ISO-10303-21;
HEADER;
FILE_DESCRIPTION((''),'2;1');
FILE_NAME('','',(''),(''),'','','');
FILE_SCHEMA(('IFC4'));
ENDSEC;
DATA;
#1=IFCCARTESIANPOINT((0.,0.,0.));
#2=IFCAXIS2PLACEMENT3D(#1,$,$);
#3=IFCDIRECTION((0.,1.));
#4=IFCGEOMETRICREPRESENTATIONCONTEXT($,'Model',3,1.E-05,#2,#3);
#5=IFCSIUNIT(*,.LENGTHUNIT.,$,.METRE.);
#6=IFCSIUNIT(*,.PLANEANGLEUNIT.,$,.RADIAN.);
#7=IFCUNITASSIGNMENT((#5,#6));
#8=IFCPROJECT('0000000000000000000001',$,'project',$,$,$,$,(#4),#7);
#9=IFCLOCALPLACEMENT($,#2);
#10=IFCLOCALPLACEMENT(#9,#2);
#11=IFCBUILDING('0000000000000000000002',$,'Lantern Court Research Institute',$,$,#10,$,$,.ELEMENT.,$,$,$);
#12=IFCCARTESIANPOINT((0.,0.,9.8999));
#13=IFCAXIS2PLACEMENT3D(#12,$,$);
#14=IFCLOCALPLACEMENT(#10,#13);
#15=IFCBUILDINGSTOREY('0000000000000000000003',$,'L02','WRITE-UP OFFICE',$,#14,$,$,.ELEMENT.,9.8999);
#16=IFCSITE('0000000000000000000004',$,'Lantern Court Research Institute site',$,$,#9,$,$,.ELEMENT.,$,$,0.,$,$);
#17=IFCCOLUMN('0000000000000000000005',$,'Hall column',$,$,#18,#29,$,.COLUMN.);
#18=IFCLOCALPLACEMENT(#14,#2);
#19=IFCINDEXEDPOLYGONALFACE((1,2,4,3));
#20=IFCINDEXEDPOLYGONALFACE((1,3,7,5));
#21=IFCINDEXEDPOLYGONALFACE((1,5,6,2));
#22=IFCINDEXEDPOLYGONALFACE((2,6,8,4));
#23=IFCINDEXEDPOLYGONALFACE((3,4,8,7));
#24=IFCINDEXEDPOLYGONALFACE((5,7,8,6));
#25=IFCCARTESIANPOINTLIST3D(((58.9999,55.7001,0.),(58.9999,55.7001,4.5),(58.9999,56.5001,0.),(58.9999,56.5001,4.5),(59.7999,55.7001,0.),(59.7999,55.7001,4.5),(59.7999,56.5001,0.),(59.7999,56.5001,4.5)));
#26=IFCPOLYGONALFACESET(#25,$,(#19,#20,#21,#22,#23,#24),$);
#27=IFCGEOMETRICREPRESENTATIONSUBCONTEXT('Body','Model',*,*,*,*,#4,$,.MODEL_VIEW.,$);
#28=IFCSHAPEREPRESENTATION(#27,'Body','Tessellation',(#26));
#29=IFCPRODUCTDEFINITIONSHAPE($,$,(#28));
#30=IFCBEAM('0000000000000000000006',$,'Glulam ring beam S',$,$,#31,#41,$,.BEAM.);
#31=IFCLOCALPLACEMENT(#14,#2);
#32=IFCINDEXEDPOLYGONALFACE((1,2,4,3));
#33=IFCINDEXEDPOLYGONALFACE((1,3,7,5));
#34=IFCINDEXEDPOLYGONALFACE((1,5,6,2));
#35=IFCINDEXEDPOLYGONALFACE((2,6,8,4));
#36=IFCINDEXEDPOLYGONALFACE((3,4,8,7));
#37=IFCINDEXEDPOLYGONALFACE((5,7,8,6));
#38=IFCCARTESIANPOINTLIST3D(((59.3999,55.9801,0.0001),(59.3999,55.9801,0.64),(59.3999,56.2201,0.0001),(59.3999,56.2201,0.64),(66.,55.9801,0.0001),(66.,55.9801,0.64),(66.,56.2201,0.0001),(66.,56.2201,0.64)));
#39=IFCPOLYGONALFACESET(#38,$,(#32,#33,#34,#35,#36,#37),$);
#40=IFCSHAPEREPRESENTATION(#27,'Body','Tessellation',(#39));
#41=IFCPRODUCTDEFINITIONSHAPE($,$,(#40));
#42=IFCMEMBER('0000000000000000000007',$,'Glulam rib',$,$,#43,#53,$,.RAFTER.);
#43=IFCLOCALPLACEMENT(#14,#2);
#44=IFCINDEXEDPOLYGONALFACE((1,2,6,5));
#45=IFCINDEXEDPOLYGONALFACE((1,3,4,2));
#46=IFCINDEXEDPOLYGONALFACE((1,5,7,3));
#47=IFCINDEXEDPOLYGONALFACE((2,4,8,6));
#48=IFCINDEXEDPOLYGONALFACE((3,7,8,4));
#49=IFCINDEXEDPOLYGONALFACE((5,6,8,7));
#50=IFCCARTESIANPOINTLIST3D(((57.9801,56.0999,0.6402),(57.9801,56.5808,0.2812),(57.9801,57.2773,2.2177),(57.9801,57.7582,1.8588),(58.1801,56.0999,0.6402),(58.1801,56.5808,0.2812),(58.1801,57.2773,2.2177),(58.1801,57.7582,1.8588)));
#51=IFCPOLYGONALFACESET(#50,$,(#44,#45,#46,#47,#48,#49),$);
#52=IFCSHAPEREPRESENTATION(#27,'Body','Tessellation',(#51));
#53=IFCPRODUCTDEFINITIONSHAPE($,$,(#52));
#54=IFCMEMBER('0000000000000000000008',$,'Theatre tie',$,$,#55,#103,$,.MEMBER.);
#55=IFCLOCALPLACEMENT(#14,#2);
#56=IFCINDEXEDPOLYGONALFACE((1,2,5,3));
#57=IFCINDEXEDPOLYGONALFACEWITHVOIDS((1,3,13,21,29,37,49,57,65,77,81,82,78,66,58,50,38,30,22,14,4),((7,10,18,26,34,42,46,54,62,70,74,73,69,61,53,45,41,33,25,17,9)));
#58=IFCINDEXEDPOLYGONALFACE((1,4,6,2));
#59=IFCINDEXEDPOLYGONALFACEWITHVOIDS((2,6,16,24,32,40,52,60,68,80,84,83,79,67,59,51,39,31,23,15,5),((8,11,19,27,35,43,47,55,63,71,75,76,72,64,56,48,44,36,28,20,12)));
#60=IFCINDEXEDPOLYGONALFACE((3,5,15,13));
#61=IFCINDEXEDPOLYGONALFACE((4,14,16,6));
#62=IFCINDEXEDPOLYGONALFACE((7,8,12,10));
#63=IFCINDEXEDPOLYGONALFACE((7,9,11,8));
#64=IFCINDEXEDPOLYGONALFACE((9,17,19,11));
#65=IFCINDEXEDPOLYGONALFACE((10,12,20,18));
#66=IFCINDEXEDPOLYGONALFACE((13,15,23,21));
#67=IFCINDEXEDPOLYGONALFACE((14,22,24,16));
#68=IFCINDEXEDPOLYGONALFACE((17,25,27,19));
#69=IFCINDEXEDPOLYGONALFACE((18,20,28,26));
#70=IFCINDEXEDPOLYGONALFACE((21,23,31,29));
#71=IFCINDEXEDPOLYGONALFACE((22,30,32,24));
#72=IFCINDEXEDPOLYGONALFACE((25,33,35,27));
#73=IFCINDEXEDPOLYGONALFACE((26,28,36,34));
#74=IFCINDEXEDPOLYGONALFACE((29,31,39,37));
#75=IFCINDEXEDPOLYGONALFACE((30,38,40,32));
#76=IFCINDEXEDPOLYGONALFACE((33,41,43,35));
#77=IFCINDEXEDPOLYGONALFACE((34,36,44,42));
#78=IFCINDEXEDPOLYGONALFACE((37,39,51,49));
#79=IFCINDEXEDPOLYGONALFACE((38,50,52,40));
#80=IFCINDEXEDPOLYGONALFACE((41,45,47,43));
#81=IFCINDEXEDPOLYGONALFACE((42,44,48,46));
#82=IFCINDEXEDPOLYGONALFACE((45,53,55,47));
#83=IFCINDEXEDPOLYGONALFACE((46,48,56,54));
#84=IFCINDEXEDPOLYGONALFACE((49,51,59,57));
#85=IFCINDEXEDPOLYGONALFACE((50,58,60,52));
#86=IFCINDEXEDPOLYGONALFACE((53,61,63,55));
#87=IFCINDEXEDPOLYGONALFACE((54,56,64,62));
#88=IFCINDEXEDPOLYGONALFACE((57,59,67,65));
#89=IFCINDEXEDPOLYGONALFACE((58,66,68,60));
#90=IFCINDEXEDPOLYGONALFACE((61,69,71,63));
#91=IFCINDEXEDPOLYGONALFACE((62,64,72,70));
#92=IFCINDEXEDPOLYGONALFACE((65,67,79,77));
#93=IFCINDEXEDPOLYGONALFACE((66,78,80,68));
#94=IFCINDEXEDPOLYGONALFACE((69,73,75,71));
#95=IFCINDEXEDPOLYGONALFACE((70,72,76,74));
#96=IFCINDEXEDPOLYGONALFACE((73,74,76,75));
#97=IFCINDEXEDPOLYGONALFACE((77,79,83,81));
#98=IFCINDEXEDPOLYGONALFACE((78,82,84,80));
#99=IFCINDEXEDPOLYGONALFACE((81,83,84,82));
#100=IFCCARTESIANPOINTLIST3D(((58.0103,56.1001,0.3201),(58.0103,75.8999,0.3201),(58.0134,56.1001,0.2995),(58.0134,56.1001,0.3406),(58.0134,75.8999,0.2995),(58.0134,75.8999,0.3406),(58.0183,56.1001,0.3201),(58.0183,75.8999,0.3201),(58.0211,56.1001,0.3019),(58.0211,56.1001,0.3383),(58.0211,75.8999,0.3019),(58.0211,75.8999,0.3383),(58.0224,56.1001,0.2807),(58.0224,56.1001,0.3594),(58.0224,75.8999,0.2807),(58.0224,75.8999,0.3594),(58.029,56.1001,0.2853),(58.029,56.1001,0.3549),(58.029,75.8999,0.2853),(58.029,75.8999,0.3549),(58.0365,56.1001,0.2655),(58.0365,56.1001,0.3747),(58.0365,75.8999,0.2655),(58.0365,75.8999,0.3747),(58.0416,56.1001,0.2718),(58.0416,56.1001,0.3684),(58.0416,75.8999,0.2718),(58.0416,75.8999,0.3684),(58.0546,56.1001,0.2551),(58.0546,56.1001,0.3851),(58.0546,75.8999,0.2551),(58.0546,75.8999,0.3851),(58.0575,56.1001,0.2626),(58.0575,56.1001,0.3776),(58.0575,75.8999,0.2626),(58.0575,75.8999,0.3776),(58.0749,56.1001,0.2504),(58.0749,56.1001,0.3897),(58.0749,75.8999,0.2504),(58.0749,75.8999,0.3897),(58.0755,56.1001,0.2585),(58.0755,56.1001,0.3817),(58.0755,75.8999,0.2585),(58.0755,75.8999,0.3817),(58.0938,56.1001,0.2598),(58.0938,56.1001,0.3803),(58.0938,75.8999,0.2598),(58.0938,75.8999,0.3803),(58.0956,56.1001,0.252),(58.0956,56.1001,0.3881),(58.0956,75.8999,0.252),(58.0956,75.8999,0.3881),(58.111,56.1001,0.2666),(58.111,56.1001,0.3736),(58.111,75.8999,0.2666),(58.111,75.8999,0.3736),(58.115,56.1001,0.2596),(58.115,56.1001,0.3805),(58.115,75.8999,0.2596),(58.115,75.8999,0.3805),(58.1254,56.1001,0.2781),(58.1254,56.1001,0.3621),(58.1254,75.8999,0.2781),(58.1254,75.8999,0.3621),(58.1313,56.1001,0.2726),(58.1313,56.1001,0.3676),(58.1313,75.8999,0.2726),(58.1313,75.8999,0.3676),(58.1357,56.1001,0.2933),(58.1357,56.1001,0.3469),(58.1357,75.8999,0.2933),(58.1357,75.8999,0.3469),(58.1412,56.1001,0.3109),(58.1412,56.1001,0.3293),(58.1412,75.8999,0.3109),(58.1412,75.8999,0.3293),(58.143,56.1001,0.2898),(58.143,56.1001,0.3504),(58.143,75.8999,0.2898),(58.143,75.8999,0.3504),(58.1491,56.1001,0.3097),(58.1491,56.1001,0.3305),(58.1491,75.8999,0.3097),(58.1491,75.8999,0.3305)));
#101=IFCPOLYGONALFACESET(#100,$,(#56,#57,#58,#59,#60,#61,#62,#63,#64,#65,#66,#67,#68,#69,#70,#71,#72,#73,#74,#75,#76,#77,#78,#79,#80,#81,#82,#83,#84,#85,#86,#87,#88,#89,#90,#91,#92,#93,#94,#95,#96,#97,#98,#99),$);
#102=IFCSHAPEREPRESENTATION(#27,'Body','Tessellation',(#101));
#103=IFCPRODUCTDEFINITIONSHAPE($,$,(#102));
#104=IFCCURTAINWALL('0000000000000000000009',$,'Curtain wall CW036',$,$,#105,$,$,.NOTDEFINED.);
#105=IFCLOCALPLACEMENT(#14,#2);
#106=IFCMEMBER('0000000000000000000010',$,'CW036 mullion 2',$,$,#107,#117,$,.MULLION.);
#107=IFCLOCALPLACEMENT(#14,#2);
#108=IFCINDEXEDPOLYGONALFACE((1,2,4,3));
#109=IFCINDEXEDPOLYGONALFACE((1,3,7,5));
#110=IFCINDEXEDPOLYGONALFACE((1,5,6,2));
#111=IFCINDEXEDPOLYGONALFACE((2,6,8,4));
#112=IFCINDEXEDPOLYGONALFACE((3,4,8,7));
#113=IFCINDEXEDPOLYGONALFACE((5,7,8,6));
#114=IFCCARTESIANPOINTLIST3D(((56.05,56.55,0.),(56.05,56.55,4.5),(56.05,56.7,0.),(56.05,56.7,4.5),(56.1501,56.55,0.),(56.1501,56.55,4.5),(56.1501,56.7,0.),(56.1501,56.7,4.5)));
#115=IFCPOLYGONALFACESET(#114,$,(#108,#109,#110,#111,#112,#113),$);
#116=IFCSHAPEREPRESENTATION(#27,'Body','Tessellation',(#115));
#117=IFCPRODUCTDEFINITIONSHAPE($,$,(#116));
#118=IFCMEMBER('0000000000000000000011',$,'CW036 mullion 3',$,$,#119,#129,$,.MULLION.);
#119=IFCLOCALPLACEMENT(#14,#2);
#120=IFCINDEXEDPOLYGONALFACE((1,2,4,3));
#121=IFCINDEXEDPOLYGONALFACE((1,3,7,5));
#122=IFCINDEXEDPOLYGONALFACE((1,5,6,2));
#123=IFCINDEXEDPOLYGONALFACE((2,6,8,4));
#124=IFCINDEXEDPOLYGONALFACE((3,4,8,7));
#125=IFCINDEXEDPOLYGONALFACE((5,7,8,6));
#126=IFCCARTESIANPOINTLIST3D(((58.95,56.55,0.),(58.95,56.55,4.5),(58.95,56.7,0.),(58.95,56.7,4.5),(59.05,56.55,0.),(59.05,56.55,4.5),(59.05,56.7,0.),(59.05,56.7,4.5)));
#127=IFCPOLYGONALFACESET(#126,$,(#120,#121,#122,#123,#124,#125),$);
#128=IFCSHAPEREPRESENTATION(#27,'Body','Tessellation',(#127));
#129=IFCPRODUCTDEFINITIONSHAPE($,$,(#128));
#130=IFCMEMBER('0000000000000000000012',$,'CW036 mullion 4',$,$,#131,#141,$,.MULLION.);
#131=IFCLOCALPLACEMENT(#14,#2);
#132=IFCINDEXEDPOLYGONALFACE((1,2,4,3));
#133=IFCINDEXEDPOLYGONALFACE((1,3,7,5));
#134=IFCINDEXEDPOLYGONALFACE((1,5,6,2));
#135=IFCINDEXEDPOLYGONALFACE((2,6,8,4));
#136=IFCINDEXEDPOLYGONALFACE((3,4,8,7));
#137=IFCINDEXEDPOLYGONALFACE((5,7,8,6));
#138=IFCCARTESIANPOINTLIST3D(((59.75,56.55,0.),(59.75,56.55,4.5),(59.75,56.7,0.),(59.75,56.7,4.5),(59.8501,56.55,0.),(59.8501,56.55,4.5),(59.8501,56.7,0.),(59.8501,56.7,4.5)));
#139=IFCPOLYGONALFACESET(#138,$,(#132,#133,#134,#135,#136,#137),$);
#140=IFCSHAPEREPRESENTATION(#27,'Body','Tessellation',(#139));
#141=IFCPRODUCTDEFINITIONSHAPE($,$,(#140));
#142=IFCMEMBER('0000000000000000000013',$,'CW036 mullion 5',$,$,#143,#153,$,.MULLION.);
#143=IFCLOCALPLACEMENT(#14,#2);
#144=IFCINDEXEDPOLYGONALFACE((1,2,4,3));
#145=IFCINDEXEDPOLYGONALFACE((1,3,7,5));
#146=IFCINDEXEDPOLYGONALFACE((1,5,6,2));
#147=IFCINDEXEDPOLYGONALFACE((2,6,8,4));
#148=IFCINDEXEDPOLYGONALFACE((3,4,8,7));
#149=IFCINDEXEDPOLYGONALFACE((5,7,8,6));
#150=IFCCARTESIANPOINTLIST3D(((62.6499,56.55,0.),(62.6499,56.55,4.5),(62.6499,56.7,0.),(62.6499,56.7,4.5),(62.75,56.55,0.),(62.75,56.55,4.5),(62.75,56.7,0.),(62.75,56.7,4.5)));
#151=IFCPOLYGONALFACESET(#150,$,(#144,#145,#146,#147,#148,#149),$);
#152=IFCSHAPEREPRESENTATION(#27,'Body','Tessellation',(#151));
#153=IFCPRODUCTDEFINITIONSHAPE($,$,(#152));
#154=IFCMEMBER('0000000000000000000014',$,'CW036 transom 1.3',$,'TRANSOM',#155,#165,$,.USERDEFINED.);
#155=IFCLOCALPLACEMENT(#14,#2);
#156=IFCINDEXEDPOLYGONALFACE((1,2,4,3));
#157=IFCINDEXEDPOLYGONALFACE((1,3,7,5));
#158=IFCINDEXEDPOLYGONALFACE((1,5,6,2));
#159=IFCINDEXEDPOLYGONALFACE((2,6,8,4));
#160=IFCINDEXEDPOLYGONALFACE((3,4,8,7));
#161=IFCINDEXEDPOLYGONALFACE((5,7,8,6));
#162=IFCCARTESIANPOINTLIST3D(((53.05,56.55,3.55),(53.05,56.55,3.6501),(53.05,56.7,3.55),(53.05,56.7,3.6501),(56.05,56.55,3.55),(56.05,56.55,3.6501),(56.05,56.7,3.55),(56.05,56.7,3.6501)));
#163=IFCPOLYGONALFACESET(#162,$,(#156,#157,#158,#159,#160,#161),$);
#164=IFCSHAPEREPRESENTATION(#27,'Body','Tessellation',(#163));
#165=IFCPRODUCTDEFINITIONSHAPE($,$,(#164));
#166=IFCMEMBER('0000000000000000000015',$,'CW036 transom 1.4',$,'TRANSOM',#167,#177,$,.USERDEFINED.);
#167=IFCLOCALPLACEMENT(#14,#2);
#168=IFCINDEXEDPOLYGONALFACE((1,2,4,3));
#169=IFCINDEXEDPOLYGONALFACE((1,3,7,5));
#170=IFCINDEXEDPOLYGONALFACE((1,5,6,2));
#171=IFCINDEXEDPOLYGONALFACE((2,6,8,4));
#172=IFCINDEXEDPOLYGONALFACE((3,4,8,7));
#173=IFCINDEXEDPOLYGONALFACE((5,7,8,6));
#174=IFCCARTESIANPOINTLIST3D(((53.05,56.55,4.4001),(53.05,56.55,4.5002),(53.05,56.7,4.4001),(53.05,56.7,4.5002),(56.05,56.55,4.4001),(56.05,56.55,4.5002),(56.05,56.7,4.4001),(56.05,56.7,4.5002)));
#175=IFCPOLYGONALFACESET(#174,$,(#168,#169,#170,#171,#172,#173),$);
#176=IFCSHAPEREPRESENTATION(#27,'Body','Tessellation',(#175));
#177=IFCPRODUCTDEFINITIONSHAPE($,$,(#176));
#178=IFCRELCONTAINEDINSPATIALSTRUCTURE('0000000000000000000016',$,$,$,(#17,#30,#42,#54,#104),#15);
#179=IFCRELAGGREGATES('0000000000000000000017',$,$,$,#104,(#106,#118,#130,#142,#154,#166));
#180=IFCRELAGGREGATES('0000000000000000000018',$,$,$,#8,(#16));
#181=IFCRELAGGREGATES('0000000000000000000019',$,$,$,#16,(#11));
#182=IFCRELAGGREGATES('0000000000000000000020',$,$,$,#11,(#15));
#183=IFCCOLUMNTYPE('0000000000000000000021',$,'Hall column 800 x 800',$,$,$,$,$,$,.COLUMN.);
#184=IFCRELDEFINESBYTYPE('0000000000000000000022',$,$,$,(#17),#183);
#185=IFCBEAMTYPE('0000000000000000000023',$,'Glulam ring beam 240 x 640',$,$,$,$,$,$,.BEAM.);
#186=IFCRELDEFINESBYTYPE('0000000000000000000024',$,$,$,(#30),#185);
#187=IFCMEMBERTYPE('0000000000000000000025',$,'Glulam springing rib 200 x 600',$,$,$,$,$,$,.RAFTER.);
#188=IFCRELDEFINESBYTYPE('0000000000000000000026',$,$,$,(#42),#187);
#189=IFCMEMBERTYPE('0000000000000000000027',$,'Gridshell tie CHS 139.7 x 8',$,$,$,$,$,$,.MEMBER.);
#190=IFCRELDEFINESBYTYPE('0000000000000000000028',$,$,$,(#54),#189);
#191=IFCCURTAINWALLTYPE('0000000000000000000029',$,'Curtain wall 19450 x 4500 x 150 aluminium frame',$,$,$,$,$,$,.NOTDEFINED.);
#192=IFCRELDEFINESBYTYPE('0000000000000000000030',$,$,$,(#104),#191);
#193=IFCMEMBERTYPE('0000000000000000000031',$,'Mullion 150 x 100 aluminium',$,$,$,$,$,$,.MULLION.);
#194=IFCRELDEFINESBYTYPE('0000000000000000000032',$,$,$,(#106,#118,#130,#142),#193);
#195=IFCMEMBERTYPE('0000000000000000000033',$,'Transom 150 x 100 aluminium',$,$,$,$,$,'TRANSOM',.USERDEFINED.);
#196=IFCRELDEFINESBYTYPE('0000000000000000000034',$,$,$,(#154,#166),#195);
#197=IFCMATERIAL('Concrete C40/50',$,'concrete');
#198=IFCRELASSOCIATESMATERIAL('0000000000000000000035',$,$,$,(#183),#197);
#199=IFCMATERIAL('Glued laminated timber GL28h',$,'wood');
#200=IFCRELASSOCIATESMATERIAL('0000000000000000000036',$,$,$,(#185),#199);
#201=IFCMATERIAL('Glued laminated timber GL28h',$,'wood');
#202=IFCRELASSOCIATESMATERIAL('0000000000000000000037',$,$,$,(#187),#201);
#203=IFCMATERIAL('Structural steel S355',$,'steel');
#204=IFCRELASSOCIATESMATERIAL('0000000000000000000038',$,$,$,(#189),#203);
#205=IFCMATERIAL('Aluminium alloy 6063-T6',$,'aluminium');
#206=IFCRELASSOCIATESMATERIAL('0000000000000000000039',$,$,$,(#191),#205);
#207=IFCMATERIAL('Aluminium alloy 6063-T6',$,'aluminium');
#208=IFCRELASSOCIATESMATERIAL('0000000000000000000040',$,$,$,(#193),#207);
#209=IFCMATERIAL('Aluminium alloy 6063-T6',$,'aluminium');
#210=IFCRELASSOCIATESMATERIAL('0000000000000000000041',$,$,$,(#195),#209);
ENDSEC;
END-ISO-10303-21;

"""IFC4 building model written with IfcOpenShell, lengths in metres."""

from ifc_helpers import new_model, si_unit, direction, frame, origin, origin_2d, place, context, subcontext, project, spatial, rectangle, hollow_circle, extrude, material, material_profile, profile_set, type_object, element, aggregate, save


model = new_model("IFC4")

# Units and contexts
model_context = context("Model", 3, precision=1e-05, world=origin(), true_north=direction((0.0, 1.0)))
body_context = subcontext(model_context, "Body", "Model", "MODEL_VIEW")
ifc_project = project(units=[si_unit("LENGTHUNIT", "METRE"), si_unit("PLANEANGLEUNIT", "RADIAN")], contexts=[model_context])

# Site, building, storey
site_placement = place(None, origin())
site = spatial("IfcSite", under=ifc_project, at=site_placement, Name="Lantern Court Research Institute site", CompositionType="ELEMENT", RefElevation=0.0)
building_placement = place(site_placement, origin())
building = spatial("IfcBuilding", under=site, at=building_placement, Name="Lantern Court Research Institute", CompositionType="ELEMENT")
storey_placement = place(building_placement, frame((0.0, 0.0, 9.8999)))
storey = spatial("IfcBuildingStorey", under=building, at=storey_placement, Name="L02", Description="WRITE-UP OFFICE", CompositionType="ELEMENT", Elevation=9.8999)

# Column
ifc_material_1 = material(Name="Concrete C40/50", Category="concrete")
ifc_material_profile_1 = material_profile(ifc_material_1, rectangle(XDim=0.8, YDim=0.8, at=origin_2d()), Name="Hall column 800 x 800")
ifc_profile_set_1 = profile_set([ifc_material_profile_1], Name="Concrete C40/50")
column_type = type_object("IfcColumnType", Name="Hall column 800 x 800", PredefinedType="COLUMN", material=ifc_profile_set_1)
column_placement = place(storey_placement, frame((59.3999, 56.1001, 0.0), z_axis=(0.0, 0.0, 1.0), x_axis=(1.0, 0.0, 0.0)))
element("IfcColumn", 1, at=column_placement, inside=storey, type_object=column_type, Name="Hall column", PredefinedType="COLUMN", context=body_context, shape_type="SweptSolid", body=[
    extrude(rectangle(XDim=0.8, YDim=0.8, at=origin_2d()), origin(), (0.0, 0.0, 1.0), 4.5),
])

# Beam
ifc_material_2 = material(Name="Glued laminated timber GL28h", Category="wood")
ifc_material_profile_2 = material_profile(ifc_material_2, rectangle(XDim=0.24, YDim=0.6399, at=origin_2d()), Name="Glulam ring beam 240 x 640")
ifc_profile_set_2 = profile_set([ifc_material_profile_2], Name="Glued laminated timber GL28h")
beam_type = type_object("IfcBeamType", Name="Glulam ring beam 240 x 640", PredefinedType="BEAM", material=ifc_profile_set_2)
beam_placement = place(storey_placement, frame((59.3999, 56.1001, 0.3201), z_axis=(1.0, 0.0, 0.0), x_axis=(0.0, 1.0, 0.0)))
element("IfcBeam", 2, at=beam_placement, inside=storey, type_object=beam_type, Name="Glulam ring beam S", PredefinedType="BEAM", context=body_context, shape_type="SweptSolid", body=[
    extrude(rectangle(XDim=0.24, YDim=0.6399, at=origin_2d()), origin(), (0.0, 0.0, 1.0), 6.6001),
])

# Members
ifc_material_3 = material(Name="Glued laminated timber GL28h", Category="wood")
ifc_material_profile_3 = material_profile(ifc_material_3, rectangle(XDim=0.2, YDim=0.6001, at=origin_2d()), Name="Glulam springing rib 200 x 600")
ifc_profile_set_3 = profile_set([ifc_material_profile_3], Name="Glued laminated timber GL28h")
member_type_1 = type_object("IfcMemberType", Name="Glulam springing rib 200 x 600", PredefinedType="RAFTER", material=ifc_profile_set_3)
member_1_placement = place(storey_placement, frame((58.0801, 56.3403, 0.4607), z_axis=(0.0, 0.598133, 0.801397), x_axis=(-1.0, 0.0, 0.0)))
element("IfcMember", 3, at=member_1_placement, inside=storey, type_object=member_type_1, Name="Glulam rib", PredefinedType="RAFTER", context=body_context, shape_type="SweptSolid", body=[
    extrude(rectangle(XDim=0.2, YDim=0.6001, at=origin_2d()), origin(), (0.0, 0.0, 1.0), 1.9685),
])
ifc_material_4 = material(Name="Structural steel S355", Category="steel")
ifc_material_profile_4 = material_profile(ifc_material_4, hollow_circle(Radius=0.0698, WallThickness=0.0081, at=origin_2d()), Name="Gridshell tie CHS 139.7 x 8")
ifc_profile_set_4 = profile_set([ifc_material_profile_4], Name="Structural steel S355")
member_type_2 = type_object("IfcMemberType", Name="Gridshell tie CHS 139.7 x 8", PredefinedType="MEMBER", material=ifc_profile_set_4)
member_2_placement = place(storey_placement, frame((58.0801, 56.1001, 0.3201), z_axis=(0.0, 1.0, 0.0), x_axis=(-1.0, 0.0, 0.0)))
element("IfcMember", 4, at=member_2_placement, inside=storey, type_object=member_type_2, Name="Theatre tie", PredefinedType="MEMBER", context=body_context, shape_type="SweptSolid", body=[
    extrude(hollow_circle(Radius=0.0698, WallThickness=0.0081, at=origin_2d()), origin(), (0.0, 0.0, 1.0), 19.7998),
])

# Curtain wall, members
ifc_material_5 = material(Name="Aluminium alloy 6063-T6", Category="aluminium")
curtain_wall_type = type_object("IfcCurtainWallType", Name="Curtain wall 19450 x 4500 x 150 aluminium frame", PredefinedType="NOTDEFINED", material=ifc_material_5)
curtain_wall_placement = place(storey_placement, origin())
curtain_wall = element("IfcCurtainWall", 5, at=curtain_wall_placement, inside=storey, type_object=curtain_wall_type, Name="Curtain wall CW036", PredefinedType="NOTDEFINED")
ifc_material_6 = material(Name="Aluminium alloy 6063-T6", Category="aluminium")
ifc_material_profile_5 = material_profile(ifc_material_6, rectangle(XDim=0.1499, YDim=0.1001, at=origin_2d()), Name="Mullion 150 x 100")
ifc_profile_set_5 = profile_set([ifc_material_profile_5], Name="Aluminium alloy 6063-T6")
member_type_3 = type_object("IfcMemberType", Name="Mullion 150 x 100 aluminium", PredefinedType="MULLION", material=ifc_profile_set_5)
member_3_placement = place(storey_placement, frame((56.1001, 56.625, 0.0), z_axis=(0.0, 0.0, 1.0), x_axis=(0.0, 1.0, 0.0)))
member_3 = element("IfcMember", 6, at=member_3_placement, type_object=member_type_3, Name="CW036 mullion 2", PredefinedType="MULLION", context=body_context, shape_type="SweptSolid", body=[
    extrude(rectangle(XDim=0.1499, YDim=0.1001, at=origin_2d()), origin(), (0.0, 0.0, 1.0), 4.5),
])
member_4_placement = place(storey_placement, frame((59.0, 56.625, 0.0), z_axis=(0.0, 0.0, 1.0), x_axis=(0.0, 1.0, 0.0)))
member_4 = element("IfcMember", 7, at=member_4_placement, type_object=member_type_3, Name="CW036 mullion 3", PredefinedType="MULLION", context=body_context, shape_type="SweptSolid", body=[
    extrude(rectangle(XDim=0.1499, YDim=0.1001, at=origin_2d()), origin(), (0.0, 0.0, 1.0), 4.5),
])
member_5_placement = place(storey_placement, frame((59.8, 56.625, 0.0), z_axis=(0.0, 0.0, 1.0), x_axis=(0.0, 1.0, 0.0)))
member_5 = element("IfcMember", 8, at=member_5_placement, type_object=member_type_3, Name="CW036 mullion 4", PredefinedType="MULLION", context=body_context, shape_type="SweptSolid", body=[
    extrude(rectangle(XDim=0.1499, YDim=0.1001, at=origin_2d()), origin(), (0.0, 0.0, 1.0), 4.5),
])
member_6_placement = place(storey_placement, frame((62.7, 56.625, 0.0), z_axis=(0.0, 0.0, 1.0), x_axis=(0.0, 1.0, 0.0)))
member_6 = element("IfcMember", 9, at=member_6_placement, type_object=member_type_3, Name="CW036 mullion 5", PredefinedType="MULLION", context=body_context, shape_type="SweptSolid", body=[
    extrude(rectangle(XDim=0.1499, YDim=0.1001, at=origin_2d()), origin(), (0.0, 0.0, 1.0), 4.5),
])
ifc_material_7 = material(Name="Aluminium alloy 6063-T6", Category="aluminium")
ifc_material_profile_6 = material_profile(ifc_material_7, rectangle(XDim=0.1499, YDim=0.1001, at=origin_2d()), Name="Transom 150 x 100")
ifc_profile_set_6 = profile_set([ifc_material_profile_6], Name="Aluminium alloy 6063-T6")
member_type_4 = type_object("IfcMemberType", Name="Transom 150 x 100 aluminium", ElementType="TRANSOM", PredefinedType="USERDEFINED", material=ifc_profile_set_6)
member_7_placement = place(storey_placement, frame((53.05, 56.625, 3.6001), z_axis=(1.0, 0.0, 0.0), x_axis=(0.0, 1.0, 0.0)))
member_7 = element("IfcMember", 10, at=member_7_placement, type_object=member_type_4, Name="CW036 transom 1.3", ObjectType="TRANSOM", PredefinedType="USERDEFINED", context=body_context, shape_type="SweptSolid", body=[
    extrude(rectangle(XDim=0.1499, YDim=0.1001, at=origin_2d()), origin(), (0.0, 0.0, 1.0), 3.0),
])
member_8_placement = place(storey_placement, frame((53.05, 56.625, 4.4502), z_axis=(1.0, 0.0, 0.0), x_axis=(0.0, 1.0, 0.0)))
member_8 = element("IfcMember", 11, at=member_8_placement, type_object=member_type_4, Name="CW036 transom 1.4", ObjectType="TRANSOM", PredefinedType="USERDEFINED", context=body_context, shape_type="SweptSolid", body=[
    extrude(rectangle(XDim=0.1499, YDim=0.1001, at=origin_2d()), origin(), (0.0, 0.0, 1.0), 3.0),
])
aggregate(curtain_wall, [member_3, member_4, member_5, member_6, member_7, member_8])

save(model, "model.ifc")
